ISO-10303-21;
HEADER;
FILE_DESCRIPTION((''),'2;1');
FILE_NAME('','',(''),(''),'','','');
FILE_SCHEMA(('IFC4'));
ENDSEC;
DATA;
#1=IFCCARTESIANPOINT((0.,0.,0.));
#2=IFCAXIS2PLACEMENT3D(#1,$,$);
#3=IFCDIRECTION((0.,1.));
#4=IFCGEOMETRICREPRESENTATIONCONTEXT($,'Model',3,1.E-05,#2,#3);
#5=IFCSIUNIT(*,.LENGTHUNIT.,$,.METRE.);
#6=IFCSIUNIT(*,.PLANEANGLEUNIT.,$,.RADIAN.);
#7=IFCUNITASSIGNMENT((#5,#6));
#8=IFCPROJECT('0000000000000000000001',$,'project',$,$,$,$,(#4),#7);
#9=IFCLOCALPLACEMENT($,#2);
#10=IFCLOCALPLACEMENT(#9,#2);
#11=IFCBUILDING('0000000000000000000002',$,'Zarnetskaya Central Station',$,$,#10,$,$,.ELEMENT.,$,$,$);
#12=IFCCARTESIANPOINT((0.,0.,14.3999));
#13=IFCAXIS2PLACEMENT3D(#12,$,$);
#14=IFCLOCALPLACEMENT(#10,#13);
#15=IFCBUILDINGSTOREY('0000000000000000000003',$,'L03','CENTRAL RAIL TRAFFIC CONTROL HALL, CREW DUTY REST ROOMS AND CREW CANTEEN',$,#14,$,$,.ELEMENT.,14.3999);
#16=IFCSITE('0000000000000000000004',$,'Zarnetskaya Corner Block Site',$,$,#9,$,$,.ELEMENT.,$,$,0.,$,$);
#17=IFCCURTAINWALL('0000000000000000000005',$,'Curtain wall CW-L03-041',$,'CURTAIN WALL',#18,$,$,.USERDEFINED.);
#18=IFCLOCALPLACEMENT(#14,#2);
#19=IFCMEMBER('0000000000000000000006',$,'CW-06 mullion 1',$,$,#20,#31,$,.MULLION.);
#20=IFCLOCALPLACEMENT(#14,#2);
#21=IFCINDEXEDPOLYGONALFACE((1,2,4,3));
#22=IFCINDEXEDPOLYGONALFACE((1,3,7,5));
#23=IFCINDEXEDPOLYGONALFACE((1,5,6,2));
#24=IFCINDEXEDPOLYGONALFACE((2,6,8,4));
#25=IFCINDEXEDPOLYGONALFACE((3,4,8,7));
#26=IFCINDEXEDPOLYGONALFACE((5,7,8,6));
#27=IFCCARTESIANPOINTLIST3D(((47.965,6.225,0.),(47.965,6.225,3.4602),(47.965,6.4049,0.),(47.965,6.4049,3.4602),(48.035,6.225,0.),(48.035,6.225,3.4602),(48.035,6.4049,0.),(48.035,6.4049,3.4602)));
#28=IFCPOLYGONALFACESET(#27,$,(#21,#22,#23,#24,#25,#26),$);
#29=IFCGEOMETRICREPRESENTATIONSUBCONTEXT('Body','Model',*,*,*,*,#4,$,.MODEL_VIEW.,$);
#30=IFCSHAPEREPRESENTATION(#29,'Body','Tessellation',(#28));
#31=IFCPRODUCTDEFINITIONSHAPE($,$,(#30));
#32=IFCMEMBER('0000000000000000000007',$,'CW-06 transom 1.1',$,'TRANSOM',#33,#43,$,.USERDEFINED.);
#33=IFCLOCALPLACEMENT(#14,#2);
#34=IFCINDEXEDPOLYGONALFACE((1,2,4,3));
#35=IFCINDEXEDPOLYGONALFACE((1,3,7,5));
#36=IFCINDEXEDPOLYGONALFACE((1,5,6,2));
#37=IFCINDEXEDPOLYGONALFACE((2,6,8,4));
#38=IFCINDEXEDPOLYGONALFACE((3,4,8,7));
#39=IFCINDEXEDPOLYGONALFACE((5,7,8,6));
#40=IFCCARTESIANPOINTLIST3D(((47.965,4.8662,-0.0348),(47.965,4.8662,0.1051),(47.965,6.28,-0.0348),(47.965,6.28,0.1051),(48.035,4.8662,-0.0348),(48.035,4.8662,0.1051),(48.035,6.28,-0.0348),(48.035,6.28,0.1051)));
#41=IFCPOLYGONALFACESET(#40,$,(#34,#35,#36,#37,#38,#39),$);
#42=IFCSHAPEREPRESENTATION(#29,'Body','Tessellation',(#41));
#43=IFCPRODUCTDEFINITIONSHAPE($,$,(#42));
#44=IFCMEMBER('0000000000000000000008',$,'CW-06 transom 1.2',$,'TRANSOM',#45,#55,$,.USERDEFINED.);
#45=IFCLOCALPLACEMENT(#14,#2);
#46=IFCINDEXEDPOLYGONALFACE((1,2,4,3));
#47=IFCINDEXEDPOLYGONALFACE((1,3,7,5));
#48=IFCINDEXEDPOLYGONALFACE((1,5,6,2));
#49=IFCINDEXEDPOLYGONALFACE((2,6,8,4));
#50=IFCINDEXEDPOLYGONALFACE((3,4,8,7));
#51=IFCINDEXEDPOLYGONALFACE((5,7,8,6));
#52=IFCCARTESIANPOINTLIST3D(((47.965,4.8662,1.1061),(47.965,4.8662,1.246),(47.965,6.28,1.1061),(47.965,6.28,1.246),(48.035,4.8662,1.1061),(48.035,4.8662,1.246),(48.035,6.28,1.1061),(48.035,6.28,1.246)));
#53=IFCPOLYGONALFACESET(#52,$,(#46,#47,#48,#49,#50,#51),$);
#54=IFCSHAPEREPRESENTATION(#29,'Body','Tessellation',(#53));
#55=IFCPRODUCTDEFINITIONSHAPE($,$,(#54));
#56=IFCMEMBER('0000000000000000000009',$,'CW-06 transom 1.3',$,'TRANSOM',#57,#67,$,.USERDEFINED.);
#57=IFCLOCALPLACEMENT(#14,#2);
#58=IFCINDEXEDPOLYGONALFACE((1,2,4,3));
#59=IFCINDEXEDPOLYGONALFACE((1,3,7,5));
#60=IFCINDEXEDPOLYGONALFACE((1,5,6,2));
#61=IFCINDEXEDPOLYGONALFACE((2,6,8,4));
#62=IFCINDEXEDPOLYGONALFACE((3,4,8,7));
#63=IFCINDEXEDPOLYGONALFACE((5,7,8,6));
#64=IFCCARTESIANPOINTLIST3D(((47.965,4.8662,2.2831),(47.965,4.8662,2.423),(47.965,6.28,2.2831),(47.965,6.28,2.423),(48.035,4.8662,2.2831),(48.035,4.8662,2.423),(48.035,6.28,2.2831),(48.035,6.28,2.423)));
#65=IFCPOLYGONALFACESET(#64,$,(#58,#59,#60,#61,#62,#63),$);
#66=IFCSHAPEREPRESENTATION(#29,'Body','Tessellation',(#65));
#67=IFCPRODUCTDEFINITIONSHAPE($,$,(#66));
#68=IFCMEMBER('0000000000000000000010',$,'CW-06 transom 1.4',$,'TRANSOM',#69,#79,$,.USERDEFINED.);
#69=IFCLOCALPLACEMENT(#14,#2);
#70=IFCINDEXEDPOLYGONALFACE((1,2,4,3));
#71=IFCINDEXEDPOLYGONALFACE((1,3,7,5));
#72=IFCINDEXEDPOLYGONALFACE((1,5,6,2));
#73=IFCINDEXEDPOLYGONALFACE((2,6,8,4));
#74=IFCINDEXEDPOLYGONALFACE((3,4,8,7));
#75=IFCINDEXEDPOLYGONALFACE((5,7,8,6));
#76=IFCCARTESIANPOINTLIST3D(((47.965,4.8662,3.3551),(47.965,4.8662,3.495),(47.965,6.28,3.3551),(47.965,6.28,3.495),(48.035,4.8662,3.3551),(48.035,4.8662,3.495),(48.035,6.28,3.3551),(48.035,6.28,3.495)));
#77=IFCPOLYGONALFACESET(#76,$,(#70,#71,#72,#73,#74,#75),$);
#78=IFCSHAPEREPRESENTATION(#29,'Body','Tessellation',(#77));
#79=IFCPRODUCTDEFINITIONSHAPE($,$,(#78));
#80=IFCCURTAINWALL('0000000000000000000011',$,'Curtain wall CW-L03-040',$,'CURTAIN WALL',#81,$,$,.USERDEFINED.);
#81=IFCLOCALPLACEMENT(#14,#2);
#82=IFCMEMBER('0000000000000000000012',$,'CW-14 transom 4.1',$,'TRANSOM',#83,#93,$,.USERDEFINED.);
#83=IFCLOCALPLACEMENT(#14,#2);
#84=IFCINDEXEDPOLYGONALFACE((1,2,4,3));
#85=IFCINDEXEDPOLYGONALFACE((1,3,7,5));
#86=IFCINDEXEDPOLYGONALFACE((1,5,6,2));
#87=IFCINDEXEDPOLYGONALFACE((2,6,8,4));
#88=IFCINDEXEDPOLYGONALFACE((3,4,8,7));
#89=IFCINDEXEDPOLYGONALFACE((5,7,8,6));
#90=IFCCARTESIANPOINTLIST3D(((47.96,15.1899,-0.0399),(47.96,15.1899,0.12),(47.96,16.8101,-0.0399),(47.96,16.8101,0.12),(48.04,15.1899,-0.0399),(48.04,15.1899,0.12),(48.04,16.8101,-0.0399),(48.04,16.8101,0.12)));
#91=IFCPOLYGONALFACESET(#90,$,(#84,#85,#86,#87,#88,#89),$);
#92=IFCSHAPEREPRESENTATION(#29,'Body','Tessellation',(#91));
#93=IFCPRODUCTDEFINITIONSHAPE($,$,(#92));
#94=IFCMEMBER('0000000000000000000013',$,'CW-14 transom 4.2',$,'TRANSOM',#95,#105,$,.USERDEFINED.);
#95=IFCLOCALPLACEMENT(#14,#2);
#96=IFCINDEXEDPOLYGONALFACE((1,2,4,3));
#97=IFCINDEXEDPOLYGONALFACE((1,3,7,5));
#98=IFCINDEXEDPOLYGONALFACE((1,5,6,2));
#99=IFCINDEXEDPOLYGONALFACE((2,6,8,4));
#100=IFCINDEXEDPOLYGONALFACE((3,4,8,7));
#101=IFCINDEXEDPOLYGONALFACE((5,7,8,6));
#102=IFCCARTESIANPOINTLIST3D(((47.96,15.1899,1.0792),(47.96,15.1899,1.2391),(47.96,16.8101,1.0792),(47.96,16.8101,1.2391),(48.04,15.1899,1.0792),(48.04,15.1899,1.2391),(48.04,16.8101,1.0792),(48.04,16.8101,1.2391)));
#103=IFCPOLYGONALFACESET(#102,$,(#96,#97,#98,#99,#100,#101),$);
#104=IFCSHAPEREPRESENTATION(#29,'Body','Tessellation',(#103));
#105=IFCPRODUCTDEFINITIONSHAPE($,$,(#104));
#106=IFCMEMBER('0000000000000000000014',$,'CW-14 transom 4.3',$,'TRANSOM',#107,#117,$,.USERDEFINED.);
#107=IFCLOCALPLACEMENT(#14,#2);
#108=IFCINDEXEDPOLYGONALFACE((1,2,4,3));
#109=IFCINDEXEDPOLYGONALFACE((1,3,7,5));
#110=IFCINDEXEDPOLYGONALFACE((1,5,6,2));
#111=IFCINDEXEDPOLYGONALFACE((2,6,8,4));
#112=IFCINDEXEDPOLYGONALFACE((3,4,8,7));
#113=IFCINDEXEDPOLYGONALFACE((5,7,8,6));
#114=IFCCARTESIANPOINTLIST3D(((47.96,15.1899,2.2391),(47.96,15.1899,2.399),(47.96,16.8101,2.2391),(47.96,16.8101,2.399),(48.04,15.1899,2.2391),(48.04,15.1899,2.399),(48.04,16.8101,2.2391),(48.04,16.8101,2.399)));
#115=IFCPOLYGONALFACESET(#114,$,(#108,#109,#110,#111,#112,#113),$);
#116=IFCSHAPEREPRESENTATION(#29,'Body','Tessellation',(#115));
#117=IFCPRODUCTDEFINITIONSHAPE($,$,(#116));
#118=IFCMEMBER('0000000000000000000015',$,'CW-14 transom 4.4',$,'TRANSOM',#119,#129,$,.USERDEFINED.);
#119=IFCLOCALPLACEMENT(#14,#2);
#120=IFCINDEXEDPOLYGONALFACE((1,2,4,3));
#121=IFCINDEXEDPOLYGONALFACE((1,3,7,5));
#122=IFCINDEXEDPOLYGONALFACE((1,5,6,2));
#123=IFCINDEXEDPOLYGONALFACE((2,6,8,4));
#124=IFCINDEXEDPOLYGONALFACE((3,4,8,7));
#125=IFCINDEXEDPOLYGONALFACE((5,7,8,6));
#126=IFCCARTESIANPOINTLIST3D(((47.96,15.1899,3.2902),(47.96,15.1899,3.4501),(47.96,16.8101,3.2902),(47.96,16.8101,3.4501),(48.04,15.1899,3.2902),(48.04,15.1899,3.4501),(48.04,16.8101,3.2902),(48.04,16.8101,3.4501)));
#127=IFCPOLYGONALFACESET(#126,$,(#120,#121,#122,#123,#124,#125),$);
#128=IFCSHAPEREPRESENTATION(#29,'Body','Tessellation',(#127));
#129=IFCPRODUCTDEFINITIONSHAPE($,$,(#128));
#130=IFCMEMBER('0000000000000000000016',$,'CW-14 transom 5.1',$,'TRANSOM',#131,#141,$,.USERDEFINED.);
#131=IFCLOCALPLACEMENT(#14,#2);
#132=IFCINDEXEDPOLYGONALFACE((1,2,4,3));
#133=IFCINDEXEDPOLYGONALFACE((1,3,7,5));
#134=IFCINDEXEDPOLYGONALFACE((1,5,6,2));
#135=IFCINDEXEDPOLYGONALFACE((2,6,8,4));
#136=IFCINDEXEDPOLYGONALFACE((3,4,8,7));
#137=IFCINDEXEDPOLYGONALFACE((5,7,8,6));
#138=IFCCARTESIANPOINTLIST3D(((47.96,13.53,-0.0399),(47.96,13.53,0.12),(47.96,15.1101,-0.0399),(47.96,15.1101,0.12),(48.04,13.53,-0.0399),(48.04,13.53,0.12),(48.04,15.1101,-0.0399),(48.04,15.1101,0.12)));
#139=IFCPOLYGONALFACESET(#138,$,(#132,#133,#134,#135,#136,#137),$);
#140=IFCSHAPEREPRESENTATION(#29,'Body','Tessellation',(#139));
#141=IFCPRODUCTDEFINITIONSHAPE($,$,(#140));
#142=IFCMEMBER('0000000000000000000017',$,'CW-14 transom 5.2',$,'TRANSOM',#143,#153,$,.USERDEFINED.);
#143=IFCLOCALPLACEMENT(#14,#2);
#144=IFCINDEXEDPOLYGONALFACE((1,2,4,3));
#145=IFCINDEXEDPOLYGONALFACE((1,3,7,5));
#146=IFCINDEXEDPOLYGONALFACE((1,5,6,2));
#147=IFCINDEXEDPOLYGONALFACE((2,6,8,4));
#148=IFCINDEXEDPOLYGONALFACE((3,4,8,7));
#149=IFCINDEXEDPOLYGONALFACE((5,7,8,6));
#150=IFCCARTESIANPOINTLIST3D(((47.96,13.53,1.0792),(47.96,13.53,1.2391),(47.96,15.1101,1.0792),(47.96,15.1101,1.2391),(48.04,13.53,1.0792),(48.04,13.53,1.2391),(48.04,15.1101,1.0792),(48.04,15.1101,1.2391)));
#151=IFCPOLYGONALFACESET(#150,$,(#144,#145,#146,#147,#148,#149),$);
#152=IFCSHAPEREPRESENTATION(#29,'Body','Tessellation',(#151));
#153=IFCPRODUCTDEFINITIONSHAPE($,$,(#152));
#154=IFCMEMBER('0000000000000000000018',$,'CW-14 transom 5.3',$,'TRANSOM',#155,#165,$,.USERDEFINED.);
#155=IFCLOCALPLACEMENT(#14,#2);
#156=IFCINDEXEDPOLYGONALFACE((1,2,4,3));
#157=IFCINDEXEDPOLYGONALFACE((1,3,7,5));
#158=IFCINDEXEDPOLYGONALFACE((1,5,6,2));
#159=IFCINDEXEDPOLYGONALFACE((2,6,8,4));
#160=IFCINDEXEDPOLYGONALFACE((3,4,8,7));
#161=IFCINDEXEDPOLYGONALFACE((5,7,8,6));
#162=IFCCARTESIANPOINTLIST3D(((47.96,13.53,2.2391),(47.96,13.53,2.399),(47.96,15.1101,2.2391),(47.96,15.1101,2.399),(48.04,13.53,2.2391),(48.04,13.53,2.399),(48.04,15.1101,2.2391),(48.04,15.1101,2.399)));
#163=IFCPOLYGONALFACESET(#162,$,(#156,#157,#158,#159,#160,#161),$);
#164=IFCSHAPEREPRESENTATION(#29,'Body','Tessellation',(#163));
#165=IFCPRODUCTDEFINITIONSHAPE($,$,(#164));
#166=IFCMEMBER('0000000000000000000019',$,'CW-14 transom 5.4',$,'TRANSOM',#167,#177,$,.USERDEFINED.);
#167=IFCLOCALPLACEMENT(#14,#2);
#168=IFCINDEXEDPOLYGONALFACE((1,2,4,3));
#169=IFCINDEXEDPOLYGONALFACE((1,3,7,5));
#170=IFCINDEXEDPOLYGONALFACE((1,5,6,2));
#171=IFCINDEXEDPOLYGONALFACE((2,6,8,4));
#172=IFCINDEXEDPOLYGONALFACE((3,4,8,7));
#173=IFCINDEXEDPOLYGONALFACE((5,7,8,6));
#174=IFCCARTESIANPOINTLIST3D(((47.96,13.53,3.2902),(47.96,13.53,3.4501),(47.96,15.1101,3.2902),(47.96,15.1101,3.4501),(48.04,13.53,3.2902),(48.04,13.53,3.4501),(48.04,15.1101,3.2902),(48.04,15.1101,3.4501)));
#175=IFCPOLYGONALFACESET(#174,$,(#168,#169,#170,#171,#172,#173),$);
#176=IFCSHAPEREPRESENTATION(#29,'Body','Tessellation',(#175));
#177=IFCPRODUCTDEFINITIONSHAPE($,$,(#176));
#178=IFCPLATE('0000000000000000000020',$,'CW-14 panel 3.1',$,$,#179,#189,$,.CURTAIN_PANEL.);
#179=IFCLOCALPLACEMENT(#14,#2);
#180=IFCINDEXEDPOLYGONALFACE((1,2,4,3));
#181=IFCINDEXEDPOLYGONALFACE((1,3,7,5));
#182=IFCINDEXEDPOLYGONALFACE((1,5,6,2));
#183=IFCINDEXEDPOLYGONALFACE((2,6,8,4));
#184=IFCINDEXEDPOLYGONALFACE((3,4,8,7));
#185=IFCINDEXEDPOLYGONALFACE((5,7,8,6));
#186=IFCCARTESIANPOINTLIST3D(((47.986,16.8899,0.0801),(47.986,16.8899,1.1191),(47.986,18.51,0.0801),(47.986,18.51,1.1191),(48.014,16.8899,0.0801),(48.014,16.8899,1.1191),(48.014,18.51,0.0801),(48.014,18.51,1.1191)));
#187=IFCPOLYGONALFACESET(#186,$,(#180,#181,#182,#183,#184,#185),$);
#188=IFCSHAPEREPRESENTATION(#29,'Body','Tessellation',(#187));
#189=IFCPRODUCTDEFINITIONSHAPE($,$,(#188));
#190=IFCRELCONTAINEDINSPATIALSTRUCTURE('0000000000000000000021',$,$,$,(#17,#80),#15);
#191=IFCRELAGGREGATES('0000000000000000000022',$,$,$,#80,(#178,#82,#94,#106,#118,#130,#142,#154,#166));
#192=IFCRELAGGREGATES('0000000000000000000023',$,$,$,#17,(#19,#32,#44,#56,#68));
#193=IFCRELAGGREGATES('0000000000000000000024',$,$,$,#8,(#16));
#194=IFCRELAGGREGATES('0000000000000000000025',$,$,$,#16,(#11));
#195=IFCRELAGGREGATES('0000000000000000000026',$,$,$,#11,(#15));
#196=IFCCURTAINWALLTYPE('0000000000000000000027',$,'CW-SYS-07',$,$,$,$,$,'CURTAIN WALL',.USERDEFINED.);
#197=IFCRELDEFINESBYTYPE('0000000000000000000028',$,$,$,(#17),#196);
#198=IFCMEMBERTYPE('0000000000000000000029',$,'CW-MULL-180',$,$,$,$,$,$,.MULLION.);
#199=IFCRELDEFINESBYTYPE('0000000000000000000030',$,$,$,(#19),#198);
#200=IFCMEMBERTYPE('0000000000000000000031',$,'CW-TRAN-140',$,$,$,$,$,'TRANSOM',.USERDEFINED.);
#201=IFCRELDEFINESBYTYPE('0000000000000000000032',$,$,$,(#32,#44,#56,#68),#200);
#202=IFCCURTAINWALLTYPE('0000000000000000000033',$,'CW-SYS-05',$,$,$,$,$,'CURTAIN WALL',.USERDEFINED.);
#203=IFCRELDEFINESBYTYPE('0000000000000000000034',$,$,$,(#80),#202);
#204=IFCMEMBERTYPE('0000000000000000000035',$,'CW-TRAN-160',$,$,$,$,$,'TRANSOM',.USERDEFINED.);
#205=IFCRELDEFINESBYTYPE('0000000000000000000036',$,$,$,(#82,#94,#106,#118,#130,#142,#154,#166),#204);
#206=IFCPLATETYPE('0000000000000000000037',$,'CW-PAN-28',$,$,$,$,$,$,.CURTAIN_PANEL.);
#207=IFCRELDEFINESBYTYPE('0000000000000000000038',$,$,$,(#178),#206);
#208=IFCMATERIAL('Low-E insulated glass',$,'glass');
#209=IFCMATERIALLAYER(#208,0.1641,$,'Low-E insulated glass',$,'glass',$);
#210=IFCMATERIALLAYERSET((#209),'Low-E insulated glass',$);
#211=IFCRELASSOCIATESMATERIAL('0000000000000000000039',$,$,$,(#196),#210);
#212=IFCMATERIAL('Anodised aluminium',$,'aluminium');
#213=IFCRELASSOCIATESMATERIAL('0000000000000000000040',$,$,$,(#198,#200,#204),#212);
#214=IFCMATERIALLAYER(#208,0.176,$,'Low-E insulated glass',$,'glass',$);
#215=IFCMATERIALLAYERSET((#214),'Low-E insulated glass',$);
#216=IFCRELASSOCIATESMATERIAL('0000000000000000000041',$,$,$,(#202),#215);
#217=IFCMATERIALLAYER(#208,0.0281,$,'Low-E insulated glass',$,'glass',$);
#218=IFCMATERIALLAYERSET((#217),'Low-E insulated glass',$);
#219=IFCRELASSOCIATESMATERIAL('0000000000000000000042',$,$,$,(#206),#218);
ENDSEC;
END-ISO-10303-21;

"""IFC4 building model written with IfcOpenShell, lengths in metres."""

from ifc_helpers import new_model, si_unit, direction, frame, origin, origin_2d, place, context, subcontext, project, spatial, rectangle, extrude, material, layer, layer_set, material_profile, profile_set, type_object, element, aggregate, save


model = new_model("IFC4")

# Units and contexts
model_context = context("Model", 3, precision=1e-05, world=origin(), true_north=direction((0.0, 1.0)))
body_context = subcontext(model_context, "Body", "Model", "MODEL_VIEW")
ifc_project = project(units=[si_unit("LENGTHUNIT", "METRE"), si_unit("PLANEANGLEUNIT", "RADIAN")], contexts=[model_context])

# Site, building, storey
site_placement = place(None, origin())
site = spatial("IfcSite", under=ifc_project, at=site_placement, Name="Zarnetskaya Corner Block Site", CompositionType="ELEMENT", RefElevation=0.0)
building_placement = place(site_placement, origin())
building = spatial("IfcBuilding", under=site, at=building_placement, Name="Zarnetskaya Central Station", CompositionType="ELEMENT")
storey_placement = place(building_placement, frame((0.0, 0.0, 14.3999)))
storey = spatial("IfcBuildingStorey", under=building, at=storey_placement, Name="L03", Description="CENTRAL RAIL TRAFFIC CONTROL HALL, CREW DUTY REST ROOMS AND CREW CANTEEN", CompositionType="ELEMENT", Elevation=14.3999)

# Curtain wall, members
ifc_material_1 = material(Name="Low-E insulated glass", Category="glass")
ifc_layer_1 = layer(ifc_material_1, 0.1641, Name="Low-E insulated glass", Category="glass")
ifc_layer_set_1 = layer_set([ifc_layer_1], Name="Low-E insulated glass")
curtain_wall_type_1 = type_object("IfcCurtainWallType", Name="CW-SYS-07", ElementType="CURTAIN WALL", PredefinedType="USERDEFINED", material=ifc_layer_set_1)
curtain_wall_1_placement = place(storey_placement, origin())
curtain_wall_1 = element("IfcCurtainWall", 1, at=curtain_wall_1_placement, inside=storey, type_object=curtain_wall_type_1, Name="Curtain wall CW-L03-041", ObjectType="CURTAIN WALL", PredefinedType="USERDEFINED")
ifc_material_2 = material(Name="Anodised aluminium", Category="aluminium")
ifc_material_profile_1 = material_profile(ifc_material_2, rectangle(XDim=0.0701, YDim=0.1799, at=origin_2d()), Name="ALU MULL 70x180")
ifc_profile_set_1 = profile_set([ifc_material_profile_1], Name="Anodised aluminium")
member_type_1 = type_object("IfcMemberType", Name="CW-MULL-180", PredefinedType="MULLION", material=ifc_profile_set_1)
member_1_placement = place(storey_placement, frame((48.0, 6.3149, 0.0), z_axis=(0.0, 0.0, 1.0), x_axis=(1.0, 0.0, 0.0)))
member_1 = element("IfcMember", 2, at=member_1_placement, type_object=member_type_1, Name="CW-06 mullion 1", PredefinedType="MULLION", context=body_context, shape_type="SweptSolid", body=[
    extrude(rectangle(XDim=0.0701, YDim=0.1799, at=origin_2d()), origin(), (0.0, 0.0, 1.0), 3.4602),
])
ifc_material_profile_2 = material_profile(ifc_material_2, rectangle(XDim=0.0701, YDim=0.1399, at=origin_2d()), Name="ALU TRAN 70x140")
ifc_profile_set_2 = profile_set([ifc_material_profile_2], Name="Anodised aluminium")
member_type_2 = type_object("IfcMemberType", Name="CW-TRAN-140", ElementType="TRANSOM", PredefinedType="USERDEFINED", material=ifc_profile_set_2)
member_2_placement = place(storey_placement, frame((48.0, 6.28, 0.0352), z_axis=(0.0, -1.0, 0.0), x_axis=(1.0, 0.0, 0.0)))
member_2 = element("IfcMember", 3, at=member_2_placement, type_object=member_type_2, Name="CW-06 transom 1.1", ObjectType="TRANSOM", PredefinedType="USERDEFINED", context=body_context, shape_type="SweptSolid", body=[
    extrude(rectangle(XDim=0.0701, YDim=0.1399, at=origin_2d()), origin(), (0.0, 0.0, 1.0), 1.4138),
])
member_3_placement = place(storey_placement, frame((48.0, 6.28, 1.176), z_axis=(0.0, -1.0, 0.0), x_axis=(1.0, 0.0, 0.0)))
member_3 = element("IfcMember", 4, at=member_3_placement, type_object=member_type_2, Name="CW-06 transom 1.2", ObjectType="TRANSOM", PredefinedType="USERDEFINED", context=body_context, shape_type="SweptSolid", body=[
    extrude(rectangle(XDim=0.0701, YDim=0.1399, at=origin_2d()), origin(), (0.0, 0.0, 1.0), 1.4138),
])
member_4_placement = place(storey_placement, frame((48.0, 6.28, 2.353), z_axis=(0.0, -1.0, 0.0), x_axis=(1.0, 0.0, 0.0)))
member_4 = element("IfcMember", 5, at=member_4_placement, type_object=member_type_2, Name="CW-06 transom 1.3", ObjectType="TRANSOM", PredefinedType="USERDEFINED", context=body_context, shape_type="SweptSolid", body=[
    extrude(rectangle(XDim=0.0701, YDim=0.1399, at=origin_2d()), origin(), (0.0, 0.0, 1.0), 1.4138),
])
member_5_placement = place(storey_placement, frame((48.0, 6.28, 3.425), z_axis=(0.0, -1.0, 0.0), x_axis=(1.0, 0.0, 0.0)))
member_5 = element("IfcMember", 6, at=member_5_placement, type_object=member_type_2, Name="CW-06 transom 1.4", ObjectType="TRANSOM", PredefinedType="USERDEFINED", context=body_context, shape_type="SweptSolid", body=[
    extrude(rectangle(XDim=0.0701, YDim=0.1399, at=origin_2d()), origin(), (0.0, 0.0, 1.0), 1.4138),
])

# Curtain wall, members, plate
ifc_layer_2 = layer(ifc_material_1, 0.176, Name="Low-E insulated glass", Category="glass")
ifc_layer_set_2 = layer_set([ifc_layer_2], Name="Low-E insulated glass")
curtain_wall_type_2 = type_object("IfcCurtainWallType", Name="CW-SYS-05", ElementType="CURTAIN WALL", PredefinedType="USERDEFINED", material=ifc_layer_set_2)
curtain_wall_2_placement = place(storey_placement, origin())
curtain_wall_2 = element("IfcCurtainWall", 7, at=curtain_wall_2_placement, inside=storey, type_object=curtain_wall_type_2, Name="Curtain wall CW-L03-040", ObjectType="CURTAIN WALL", PredefinedType="USERDEFINED")
ifc_material_profile_3 = material_profile(ifc_material_2, rectangle(XDim=0.0801, YDim=0.1599, at=origin_2d()), Name="ALU TRAN 80x160")
ifc_profile_set_3 = profile_set([ifc_material_profile_3], Name="Anodised aluminium")
member_type_3 = type_object("IfcMemberType", Name="CW-TRAN-160", ElementType="TRANSOM", PredefinedType="USERDEFINED", material=ifc_profile_set_3)
member_6_placement = place(storey_placement, frame((48.0, 16.8101, 0.04), z_axis=(0.0, -1.0, 0.0), x_axis=(1.0, 0.0, 0.0)))
member_6 = element("IfcMember", 8, at=member_6_placement, type_object=member_type_3, Name="CW-14 transom 4.1", ObjectType="TRANSOM", PredefinedType="USERDEFINED", context=body_context, shape_type="SweptSolid", body=[
    extrude(rectangle(XDim=0.0801, YDim=0.1599, at=origin_2d()), origin(), (0.0, 0.0, 1.0), 1.6201),
])
member_7_placement = place(storey_placement, frame((48.0, 16.8101, 1.1592), z_axis=(0.0, -1.0, 0.0), x_axis=(1.0, 0.0, 0.0)))
member_7 = element("IfcMember", 9, at=member_7_placement, type_object=member_type_3, Name="CW-14 transom 4.2", ObjectType="TRANSOM", PredefinedType="USERDEFINED", context=body_context, shape_type="SweptSolid", body=[
    extrude(rectangle(XDim=0.0801, YDim=0.1599, at=origin_2d()), origin(), (0.0, 0.0, 1.0), 1.6201),
])
member_8_placement = place(storey_placement, frame((48.0, 16.8101, 2.3191), z_axis=(0.0, -1.0, 0.0), x_axis=(1.0, 0.0, 0.0)))
member_8 = element("IfcMember", 10, at=member_8_placement, type_object=member_type_3, Name="CW-14 transom 4.3", ObjectType="TRANSOM", PredefinedType="USERDEFINED", context=body_context, shape_type="SweptSolid", body=[
    extrude(rectangle(XDim=0.0801, YDim=0.1599, at=origin_2d()), origin(), (0.0, 0.0, 1.0), 1.6201),
])
member_9_placement = place(storey_placement, frame((48.0, 16.8101, 3.3701), z_axis=(0.0, -1.0, 0.0), x_axis=(1.0, 0.0, 0.0)))
member_9 = element("IfcMember", 11, at=member_9_placement, type_object=member_type_3, Name="CW-14 transom 4.4", ObjectType="TRANSOM", PredefinedType="USERDEFINED", context=body_context, shape_type="SweptSolid", body=[
    extrude(rectangle(XDim=0.0801, YDim=0.1599, at=origin_2d()), origin(), (0.0, 0.0, 1.0), 1.6201),
])
member_10_placement = place(storey_placement, frame((48.0, 15.1101, 0.04), z_axis=(0.0, -1.0, 0.0), x_axis=(1.0, 0.0, 0.0)))
member_10 = element("IfcMember", 12, at=member_10_placement, type_object=member_type_3, Name="CW-14 transom 5.1", ObjectType="TRANSOM", PredefinedType="USERDEFINED", context=body_context, shape_type="SweptSolid", body=[
    extrude(rectangle(XDim=0.0801, YDim=0.1599, at=origin_2d()), origin(), (0.0, 0.0, 1.0), 1.5801),
])
member_11_placement = place(storey_placement, frame((48.0, 15.1101, 1.1592), z_axis=(0.0, -1.0, 0.0), x_axis=(1.0, 0.0, 0.0)))
member_11 = element("IfcMember", 13, at=member_11_placement, type_object=member_type_3, Name="CW-14 transom 5.2", ObjectType="TRANSOM", PredefinedType="USERDEFINED", context=body_context, shape_type="SweptSolid", body=[
    extrude(rectangle(XDim=0.0801, YDim=0.1599, at=origin_2d()), origin(), (0.0, 0.0, 1.0), 1.5801),
])
member_12_placement = place(storey_placement, frame((48.0, 15.1101, 2.3191), z_axis=(0.0, -1.0, 0.0), x_axis=(1.0, 0.0, 0.0)))
member_12 = element("IfcMember", 14, at=member_12_placement, type_object=member_type_3, Name="CW-14 transom 5.3", ObjectType="TRANSOM", PredefinedType="USERDEFINED", context=body_context, shape_type="SweptSolid", body=[
    extrude(rectangle(XDim=0.0801, YDim=0.1599, at=origin_2d()), origin(), (0.0, 0.0, 1.0), 1.5801),
])
member_13_placement = place(storey_placement, frame((48.0, 15.1101, 3.3701), z_axis=(0.0, -1.0, 0.0), x_axis=(1.0, 0.0, 0.0)))
member_13 = element("IfcMember", 15, at=member_13_placement, type_object=member_type_3, Name="CW-14 transom 5.4", ObjectType="TRANSOM", PredefinedType="USERDEFINED", context=body_context, shape_type="SweptSolid", body=[
    extrude(rectangle(XDim=0.0801, YDim=0.1599, at=origin_2d()), origin(), (0.0, 0.0, 1.0), 1.5801),
])
ifc_layer_3 = layer(ifc_material_1, 0.0281, Name="Low-E insulated glass", Category="glass")
ifc_layer_set_3 = layer_set([ifc_layer_3], Name="Low-E insulated glass")
plate_type_1 = type_object("IfcPlateType", Name="CW-PAN-28", PredefinedType="CURTAIN_PANEL", material=ifc_layer_set_3)
plate_1_placement = place(storey_placement, frame((48.0, 17.7, 0.0801), z_axis=(0.0, 0.0, 1.0), x_axis=(0.0, -1.0, 0.0)))
plate_1 = element("IfcPlate", 16, at=plate_1_placement, type_object=plate_type_1, Name="CW-14 panel 3.1", PredefinedType="CURTAIN_PANEL", context=body_context, shape_type="SweptSolid", body=[
    extrude(rectangle(XDim=1.6201, YDim=0.0281, at=origin_2d()), origin(), (0.0, 0.0, 1.0), 1.0391),
])
aggregate(curtain_wall_2, [plate_1, member_6, member_7, member_8, member_9, member_10, member_11, member_12, member_13])

aggregate(curtain_wall_1, [member_1, member_2, member_3, member_4, member_5])

save(model, "model.ifc")
